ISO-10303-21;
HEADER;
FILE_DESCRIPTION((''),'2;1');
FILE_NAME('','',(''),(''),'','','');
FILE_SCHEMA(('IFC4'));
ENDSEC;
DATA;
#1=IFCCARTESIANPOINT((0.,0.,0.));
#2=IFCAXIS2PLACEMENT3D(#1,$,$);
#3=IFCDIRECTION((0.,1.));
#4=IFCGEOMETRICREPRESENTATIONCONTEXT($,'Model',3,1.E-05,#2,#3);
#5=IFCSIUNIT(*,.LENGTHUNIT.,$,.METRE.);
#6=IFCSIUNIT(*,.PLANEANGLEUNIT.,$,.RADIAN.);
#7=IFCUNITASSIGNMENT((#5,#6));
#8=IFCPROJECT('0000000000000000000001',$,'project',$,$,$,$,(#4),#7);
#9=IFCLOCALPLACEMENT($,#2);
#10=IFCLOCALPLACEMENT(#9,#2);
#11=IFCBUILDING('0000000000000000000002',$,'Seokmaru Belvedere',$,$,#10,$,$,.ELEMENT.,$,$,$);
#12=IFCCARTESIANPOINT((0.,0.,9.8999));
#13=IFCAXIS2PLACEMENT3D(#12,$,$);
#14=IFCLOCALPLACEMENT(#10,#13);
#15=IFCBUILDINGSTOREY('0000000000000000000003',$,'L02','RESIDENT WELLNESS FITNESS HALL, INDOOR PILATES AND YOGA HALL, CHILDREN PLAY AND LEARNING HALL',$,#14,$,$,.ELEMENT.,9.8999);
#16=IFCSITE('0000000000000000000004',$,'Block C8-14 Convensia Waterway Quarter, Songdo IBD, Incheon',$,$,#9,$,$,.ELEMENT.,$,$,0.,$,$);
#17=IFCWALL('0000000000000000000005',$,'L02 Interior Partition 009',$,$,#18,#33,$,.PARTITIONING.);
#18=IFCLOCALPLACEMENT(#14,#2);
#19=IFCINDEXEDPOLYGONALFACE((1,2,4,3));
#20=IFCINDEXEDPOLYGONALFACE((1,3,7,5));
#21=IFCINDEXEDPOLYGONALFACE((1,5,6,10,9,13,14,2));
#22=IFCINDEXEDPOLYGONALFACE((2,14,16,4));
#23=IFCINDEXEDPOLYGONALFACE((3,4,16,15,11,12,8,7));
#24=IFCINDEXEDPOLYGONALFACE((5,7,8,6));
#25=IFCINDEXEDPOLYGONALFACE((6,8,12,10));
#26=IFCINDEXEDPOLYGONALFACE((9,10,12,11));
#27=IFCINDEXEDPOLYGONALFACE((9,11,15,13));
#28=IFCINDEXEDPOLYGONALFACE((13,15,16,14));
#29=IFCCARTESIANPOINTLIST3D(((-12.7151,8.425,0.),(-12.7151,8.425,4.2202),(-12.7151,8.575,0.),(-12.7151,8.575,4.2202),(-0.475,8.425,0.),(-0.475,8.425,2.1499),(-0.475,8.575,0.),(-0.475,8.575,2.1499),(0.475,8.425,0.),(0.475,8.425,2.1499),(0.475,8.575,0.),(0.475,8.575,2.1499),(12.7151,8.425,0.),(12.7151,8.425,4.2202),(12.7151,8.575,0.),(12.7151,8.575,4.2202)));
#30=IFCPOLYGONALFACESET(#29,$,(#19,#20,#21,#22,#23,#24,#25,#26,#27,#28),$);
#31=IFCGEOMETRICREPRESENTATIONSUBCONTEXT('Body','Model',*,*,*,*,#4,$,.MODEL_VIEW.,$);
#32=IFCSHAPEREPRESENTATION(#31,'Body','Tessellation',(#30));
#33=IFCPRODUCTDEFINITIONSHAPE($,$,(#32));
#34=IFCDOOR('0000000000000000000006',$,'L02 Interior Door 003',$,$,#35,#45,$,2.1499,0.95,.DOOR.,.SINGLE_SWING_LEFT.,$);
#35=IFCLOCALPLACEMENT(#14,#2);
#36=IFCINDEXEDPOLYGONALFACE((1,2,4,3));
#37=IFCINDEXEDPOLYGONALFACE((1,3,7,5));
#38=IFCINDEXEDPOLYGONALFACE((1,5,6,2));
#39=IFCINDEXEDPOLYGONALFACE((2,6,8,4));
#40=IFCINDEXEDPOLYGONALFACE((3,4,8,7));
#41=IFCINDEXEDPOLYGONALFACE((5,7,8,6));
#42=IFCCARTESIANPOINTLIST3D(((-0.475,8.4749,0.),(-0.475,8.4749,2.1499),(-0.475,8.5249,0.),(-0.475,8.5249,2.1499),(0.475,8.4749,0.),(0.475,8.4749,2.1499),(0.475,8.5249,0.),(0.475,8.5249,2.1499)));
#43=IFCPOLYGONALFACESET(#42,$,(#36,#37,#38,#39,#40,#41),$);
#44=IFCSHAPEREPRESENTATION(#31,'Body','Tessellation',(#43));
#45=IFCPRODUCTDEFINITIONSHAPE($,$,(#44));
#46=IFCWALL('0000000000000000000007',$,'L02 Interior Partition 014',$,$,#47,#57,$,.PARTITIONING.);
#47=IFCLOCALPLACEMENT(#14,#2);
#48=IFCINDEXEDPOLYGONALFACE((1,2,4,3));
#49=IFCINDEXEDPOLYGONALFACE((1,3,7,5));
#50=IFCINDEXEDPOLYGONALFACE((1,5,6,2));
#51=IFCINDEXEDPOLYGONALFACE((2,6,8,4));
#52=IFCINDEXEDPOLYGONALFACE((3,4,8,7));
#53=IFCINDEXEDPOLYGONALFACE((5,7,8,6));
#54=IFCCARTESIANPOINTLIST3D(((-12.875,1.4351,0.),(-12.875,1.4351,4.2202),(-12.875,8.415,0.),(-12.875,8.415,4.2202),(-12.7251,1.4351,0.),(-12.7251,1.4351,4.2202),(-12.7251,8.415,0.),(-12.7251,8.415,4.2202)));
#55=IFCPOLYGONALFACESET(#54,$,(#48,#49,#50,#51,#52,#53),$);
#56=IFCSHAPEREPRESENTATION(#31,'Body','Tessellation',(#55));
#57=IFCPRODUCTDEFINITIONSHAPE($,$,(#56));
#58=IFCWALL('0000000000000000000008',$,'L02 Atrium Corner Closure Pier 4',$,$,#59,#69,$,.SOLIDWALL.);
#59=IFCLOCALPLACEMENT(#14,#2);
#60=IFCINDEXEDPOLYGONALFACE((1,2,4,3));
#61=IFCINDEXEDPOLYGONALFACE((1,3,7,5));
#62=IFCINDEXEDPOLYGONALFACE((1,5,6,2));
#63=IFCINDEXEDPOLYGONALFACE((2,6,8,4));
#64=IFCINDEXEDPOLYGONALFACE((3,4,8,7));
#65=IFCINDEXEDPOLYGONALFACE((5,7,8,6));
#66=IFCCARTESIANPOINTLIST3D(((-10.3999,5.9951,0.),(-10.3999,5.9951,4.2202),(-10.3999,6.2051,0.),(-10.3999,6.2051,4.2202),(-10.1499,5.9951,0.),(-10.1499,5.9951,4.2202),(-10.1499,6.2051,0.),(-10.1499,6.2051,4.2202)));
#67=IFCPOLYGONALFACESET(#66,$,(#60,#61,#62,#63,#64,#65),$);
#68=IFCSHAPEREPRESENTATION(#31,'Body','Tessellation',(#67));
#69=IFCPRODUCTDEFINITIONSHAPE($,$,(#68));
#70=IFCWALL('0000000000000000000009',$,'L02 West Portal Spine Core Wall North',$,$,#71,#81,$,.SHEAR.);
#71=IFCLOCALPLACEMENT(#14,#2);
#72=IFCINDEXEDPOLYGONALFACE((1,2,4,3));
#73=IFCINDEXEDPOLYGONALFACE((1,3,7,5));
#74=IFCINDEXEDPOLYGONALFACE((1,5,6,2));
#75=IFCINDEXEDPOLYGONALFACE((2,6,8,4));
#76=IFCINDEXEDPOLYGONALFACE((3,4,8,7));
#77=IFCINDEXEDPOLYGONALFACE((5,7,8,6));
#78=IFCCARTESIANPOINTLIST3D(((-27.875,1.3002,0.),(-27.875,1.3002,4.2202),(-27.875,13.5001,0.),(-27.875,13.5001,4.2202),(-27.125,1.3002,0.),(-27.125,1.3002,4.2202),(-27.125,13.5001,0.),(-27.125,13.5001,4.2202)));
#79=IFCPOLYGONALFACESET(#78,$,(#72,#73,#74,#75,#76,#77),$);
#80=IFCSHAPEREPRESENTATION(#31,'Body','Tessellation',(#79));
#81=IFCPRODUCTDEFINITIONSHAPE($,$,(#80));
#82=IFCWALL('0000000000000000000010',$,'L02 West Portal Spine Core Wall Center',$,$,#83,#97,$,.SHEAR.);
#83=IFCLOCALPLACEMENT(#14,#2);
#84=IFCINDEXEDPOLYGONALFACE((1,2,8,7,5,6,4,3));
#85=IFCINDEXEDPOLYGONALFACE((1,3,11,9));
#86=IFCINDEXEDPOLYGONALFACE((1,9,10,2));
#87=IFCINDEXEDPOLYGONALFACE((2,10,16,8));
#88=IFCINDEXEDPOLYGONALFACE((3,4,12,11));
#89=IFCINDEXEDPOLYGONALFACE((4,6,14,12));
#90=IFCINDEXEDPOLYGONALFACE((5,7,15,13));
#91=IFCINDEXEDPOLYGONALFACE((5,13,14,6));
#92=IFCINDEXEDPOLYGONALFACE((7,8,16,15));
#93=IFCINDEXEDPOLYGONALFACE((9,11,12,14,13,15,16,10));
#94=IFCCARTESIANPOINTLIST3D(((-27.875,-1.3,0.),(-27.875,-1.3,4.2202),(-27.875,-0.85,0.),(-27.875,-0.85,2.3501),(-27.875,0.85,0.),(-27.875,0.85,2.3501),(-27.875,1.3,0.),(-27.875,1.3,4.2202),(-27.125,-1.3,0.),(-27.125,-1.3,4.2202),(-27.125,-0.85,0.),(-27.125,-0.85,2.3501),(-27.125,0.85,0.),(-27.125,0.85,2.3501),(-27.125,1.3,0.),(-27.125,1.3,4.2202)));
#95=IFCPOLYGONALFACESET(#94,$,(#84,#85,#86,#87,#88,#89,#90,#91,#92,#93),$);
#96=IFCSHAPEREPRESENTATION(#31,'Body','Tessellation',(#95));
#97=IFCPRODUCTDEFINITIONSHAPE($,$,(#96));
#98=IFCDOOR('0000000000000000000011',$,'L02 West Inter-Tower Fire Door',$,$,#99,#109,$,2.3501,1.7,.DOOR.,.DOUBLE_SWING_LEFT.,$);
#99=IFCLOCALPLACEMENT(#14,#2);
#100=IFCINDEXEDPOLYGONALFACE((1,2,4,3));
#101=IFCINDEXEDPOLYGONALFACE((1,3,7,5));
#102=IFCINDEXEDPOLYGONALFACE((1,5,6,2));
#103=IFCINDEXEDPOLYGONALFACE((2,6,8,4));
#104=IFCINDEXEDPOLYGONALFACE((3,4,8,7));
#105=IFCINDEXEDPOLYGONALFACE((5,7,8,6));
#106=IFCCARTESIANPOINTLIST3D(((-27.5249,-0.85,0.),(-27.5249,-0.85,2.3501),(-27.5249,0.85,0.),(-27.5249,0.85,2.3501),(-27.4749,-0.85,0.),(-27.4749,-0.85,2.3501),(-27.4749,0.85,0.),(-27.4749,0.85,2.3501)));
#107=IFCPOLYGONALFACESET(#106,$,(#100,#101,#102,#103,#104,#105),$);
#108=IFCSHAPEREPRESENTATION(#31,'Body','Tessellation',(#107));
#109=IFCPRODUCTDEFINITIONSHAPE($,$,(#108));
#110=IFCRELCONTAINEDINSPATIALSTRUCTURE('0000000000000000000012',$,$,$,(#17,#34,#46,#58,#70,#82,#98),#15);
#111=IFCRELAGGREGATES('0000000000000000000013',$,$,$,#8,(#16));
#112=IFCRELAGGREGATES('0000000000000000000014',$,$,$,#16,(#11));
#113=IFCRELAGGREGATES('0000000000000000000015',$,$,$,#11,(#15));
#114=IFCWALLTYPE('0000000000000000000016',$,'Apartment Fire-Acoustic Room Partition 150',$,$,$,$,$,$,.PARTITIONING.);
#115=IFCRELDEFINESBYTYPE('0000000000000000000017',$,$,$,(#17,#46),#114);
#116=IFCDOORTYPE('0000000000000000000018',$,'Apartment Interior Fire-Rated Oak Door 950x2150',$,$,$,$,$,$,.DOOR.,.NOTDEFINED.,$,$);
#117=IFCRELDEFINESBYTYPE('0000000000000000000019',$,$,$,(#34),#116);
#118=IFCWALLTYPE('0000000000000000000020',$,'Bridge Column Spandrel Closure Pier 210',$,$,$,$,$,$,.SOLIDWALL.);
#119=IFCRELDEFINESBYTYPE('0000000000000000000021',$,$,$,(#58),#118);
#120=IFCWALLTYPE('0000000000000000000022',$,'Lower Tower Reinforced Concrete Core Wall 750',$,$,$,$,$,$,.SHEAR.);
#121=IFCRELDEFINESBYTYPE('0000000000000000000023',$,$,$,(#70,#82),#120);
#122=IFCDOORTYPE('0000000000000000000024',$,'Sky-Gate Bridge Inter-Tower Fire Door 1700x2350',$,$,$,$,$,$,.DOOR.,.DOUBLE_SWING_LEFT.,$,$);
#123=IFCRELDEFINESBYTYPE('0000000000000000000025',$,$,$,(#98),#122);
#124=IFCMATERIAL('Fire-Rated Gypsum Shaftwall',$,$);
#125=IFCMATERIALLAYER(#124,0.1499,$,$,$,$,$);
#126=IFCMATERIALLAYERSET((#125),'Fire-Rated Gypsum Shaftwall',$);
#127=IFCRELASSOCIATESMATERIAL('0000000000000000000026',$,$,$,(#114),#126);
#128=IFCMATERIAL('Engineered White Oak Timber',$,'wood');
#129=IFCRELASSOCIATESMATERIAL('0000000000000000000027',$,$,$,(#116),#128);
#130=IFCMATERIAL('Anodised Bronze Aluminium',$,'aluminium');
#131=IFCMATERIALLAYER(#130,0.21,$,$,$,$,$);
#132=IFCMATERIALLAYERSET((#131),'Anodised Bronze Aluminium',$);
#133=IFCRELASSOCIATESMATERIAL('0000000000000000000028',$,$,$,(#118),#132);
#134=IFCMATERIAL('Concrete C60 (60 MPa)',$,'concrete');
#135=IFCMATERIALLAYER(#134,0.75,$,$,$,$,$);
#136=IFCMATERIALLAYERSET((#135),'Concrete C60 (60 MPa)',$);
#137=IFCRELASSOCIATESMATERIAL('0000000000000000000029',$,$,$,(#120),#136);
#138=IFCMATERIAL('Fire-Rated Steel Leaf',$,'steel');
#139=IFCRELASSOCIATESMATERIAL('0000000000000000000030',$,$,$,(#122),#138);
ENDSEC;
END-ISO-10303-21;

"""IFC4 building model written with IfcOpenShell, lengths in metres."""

from ifc_helpers import new_model, si_unit, direction, frame, frame_2d, origin, place, context, subcontext, project, spatial, rectangle, extrude, source, transform, mapped, material, layer, layer_set, type_object, type_shapes, element, fill, save


model = new_model("IFC4")

# Units and contexts
model_context = context("Model", 3, precision=1e-05, world=origin(), true_north=direction((0.0, 1.0)))
body_context = subcontext(model_context, "Body", "Model", "MODEL_VIEW")
ifc_project = project(units=[si_unit("LENGTHUNIT", "METRE"), si_unit("PLANEANGLEUNIT", "RADIAN")], contexts=[model_context])

# Site, building, storey
site_placement = place(None, origin())
site = spatial("IfcSite", under=ifc_project, at=site_placement, Name="Block C8-14 Convensia Waterway Quarter, Songdo IBD, Incheon", CompositionType="ELEMENT", RefElevation=0.0)
building_placement = place(site_placement, origin())
building = spatial("IfcBuilding", under=site, at=building_placement, Name="Seokmaru Belvedere", CompositionType="ELEMENT")
storey_placement = place(building_placement, frame((0.0, 0.0, 9.8999)))
storey = spatial("IfcBuildingStorey", under=building, at=storey_placement, Name="L02", Description="RESIDENT WELLNESS FITNESS HALL, INDOOR PILATES AND YOGA HALL, CHILDREN PLAY AND LEARNING HALL", CompositionType="ELEMENT", Elevation=9.8999)

# Shared definitions
ifc_material_1 = material(Name="Anodised Bronze Aluminium", Category="aluminium")

# Shared definitions
ifc_material_2 = material(Name="Fire-Rated Gypsum Shaftwall")
ifc_layer_1 = layer(ifc_material_2, 0.1499)
ifc_layer_set_1 = layer_set([ifc_layer_1], Name="Fire-Rated Gypsum Shaftwall")
wall_type_1 = type_object("IfcWallType", Name="Apartment Fire-Acoustic Room Partition 150", PredefinedType="PARTITIONING", material=ifc_layer_set_1)

# Wall, opening, door
wall_1_placement = place(storey_placement, frame((-12.7151, 8.5, 0.0), z_axis=(0.0, 0.0, 1.0), x_axis=(1.0, 0.0, 0.0)))
wall_1 = element("IfcWall", 1, at=wall_1_placement, inside=storey, type_object=wall_type_1, Name="L02 Interior Partition 009", PredefinedType="PARTITIONING", context=body_context, shape_type="SweptSolid", body=[
    extrude(rectangle(XDim=25.4302, YDim=0.1499, at=frame_2d((12.7151, 0.0))), origin(), (0.0, 0.0, 1.0), 4.2202),
])
opening_1_placement = place(wall_1_placement, frame((12.24, 0.0, 0.0)))
opening_1 = element("IfcOpeningElement", 2, at=opening_1_placement, cuts=wall_1, PredefinedType="OPENING", context=body_context, shape_type="SweptSolid", body=[
    extrude(rectangle(XDim=0.95, YDim=2.1499, at=frame_2d((0.4751, 1.075))), frame((0.0, 0.085, 0.0), z_axis=(0.0, -1.0, 0.0), x_axis=(1.0, 0.0, 0.0)), (0.0, 0.0, 1.0), 0.1699),
])
ifc_material_3 = material(Name="Engineered White Oak Timber", Category="wood")
door_type_1 = type_object("IfcDoorType", Name="Apartment Interior Fire-Rated Oak Door 950x2150", OperationType="NOTDEFINED", PredefinedType="DOOR", material=ifc_material_3)
shared_shape_1 = source(origin(), body_context, "Body", "SweptSolid", [
    extrude(rectangle(XDim=0.95, YDim=2.1499, at=frame_2d((0.4751, 1.075))), frame((0.0, 0.0249, 0.0), z_axis=(0.0, -1.0, 0.0), x_axis=(1.0, 0.0, 0.0)), (0.0, 0.0, 1.0), 0.05),
])
type_shapes(door_type_1, [shared_shape_1])
door_1_placement = place(opening_1_placement, origin())
door_1 = element("IfcDoor", 3, at=door_1_placement, inside=storey, type_object=door_type_1, Name="L02 Interior Door 003", OperationType="SINGLE_SWING_LEFT", OverallHeight=2.1499, OverallWidth=0.95, PredefinedType="DOOR", context=body_context, shape_type="MappedRepresentation", body=[
    mapped(shared_shape_1, transform((0.0, 0.0, 0.0), scale=1.0)),
])
fill(opening_1, door_1)

# Walls
wall_2_placement = place(storey_placement, frame((-12.8, 1.4351, 0.0), z_axis=(0.0, 0.0, 1.0), x_axis=(0.0, 1.0, 0.0)))
element("IfcWall", 4, at=wall_2_placement, inside=storey, type_object=wall_type_1, Name="L02 Interior Partition 014", PredefinedType="PARTITIONING", context=body_context, shape_type="SweptSolid", body=[
    extrude(rectangle(XDim=6.98, YDim=0.1499, at=frame_2d((3.49, 0.0))), origin(), (0.0, 0.0, 1.0), 4.2202),
])
ifc_layer_2 = layer(ifc_material_1, 0.21)
ifc_layer_set_2 = layer_set([ifc_layer_2], Name="Anodised Bronze Aluminium")
wall_type_2 = type_object("IfcWallType", Name="Bridge Column Spandrel Closure Pier 210", PredefinedType="SOLIDWALL", material=ifc_layer_set_2)
wall_3_placement = place(storey_placement, frame((-10.3999, 6.1001, 0.0), z_axis=(0.0, 0.0, 1.0), x_axis=(1.0, 0.0, 0.0)))
element("IfcWall", 5, at=wall_3_placement, inside=storey, type_object=wall_type_2, Name="L02 Atrium Corner Closure Pier 4", PredefinedType="SOLIDWALL", context=body_context, shape_type="SweptSolid", body=[
    extrude(rectangle(XDim=0.25, YDim=0.21, at=frame_2d((0.125, 0.0))), origin(), (0.0, 0.0, 1.0), 4.2202),
])
ifc_material_4 = material(Name="Concrete C60 (60 MPa)", Category="concrete")
ifc_layer_3 = layer(ifc_material_4, 0.75)
ifc_layer_set_3 = layer_set([ifc_layer_3], Name="Concrete C60 (60 MPa)")
wall_type_3 = type_object("IfcWallType", Name="Lower Tower Reinforced Concrete Core Wall 750", PredefinedType="SHEAR", material=ifc_layer_set_3)
wall_4_placement = place(storey_placement, frame((-27.5, 1.3, 0.0), z_axis=(0.0, 0.0, 1.0), x_axis=(0.0, 1.0, 0.0)))
element("IfcWall", 6, at=wall_4_placement, inside=storey, type_object=wall_type_3, Name="L02 West Portal Spine Core Wall North", PredefinedType="SHEAR", context=body_context, shape_type="SweptSolid", body=[
    extrude(rectangle(XDim=12.2, YDim=0.75, at=frame_2d((6.1001, 0.0))), origin(), (0.0, 0.0, 1.0), 4.2202),
])

# Wall, opening, door
wall_5_placement = place(storey_placement, frame((-27.5, -1.3, 0.0), z_axis=(0.0, 0.0, 1.0), x_axis=(0.0, 1.0, 0.0)))
wall_5 = element("IfcWall", 7, at=wall_5_placement, inside=storey, type_object=wall_type_3, Name="L02 West Portal Spine Core Wall Center", PredefinedType="SHEAR", context=body_context, shape_type="SweptSolid", body=[
    extrude(rectangle(XDim=2.6001, YDim=0.75, at=frame_2d((1.3, 0.0))), origin(), (0.0, 0.0, 1.0), 4.2202),
])
opening_2_placement = place(wall_5_placement, frame((0.45, 0.0, 0.0)))
opening_2 = element("IfcOpeningElement", 8, at=opening_2_placement, cuts=wall_5, PredefinedType="OPENING", context=body_context, shape_type="SweptSolid", body=[
    extrude(rectangle(XDim=1.7, YDim=2.3501, at=frame_2d((0.8501, 1.175))), frame((0.0, 0.385, 0.0), z_axis=(0.0, -1.0, 0.0), x_axis=(1.0, 0.0, 0.0)), (0.0, 0.0, 1.0), 0.77),
])
ifc_material_5 = material(Name="Fire-Rated Steel Leaf", Category="steel")
door_type_2 = type_object("IfcDoorType", Name="Sky-Gate Bridge Inter-Tower Fire Door 1700x2350", OperationType="DOUBLE_SWING_LEFT", PredefinedType="DOOR", material=ifc_material_5)
shared_shape_2 = source(origin(), body_context, "Body", "SweptSolid", [
    extrude(rectangle(XDim=1.7, YDim=2.3501, at=frame_2d((0.8501, 1.175))), frame((0.0, 0.0249, 0.0), z_axis=(0.0, -1.0, 0.0), x_axis=(1.0, 0.0, 0.0)), (0.0, 0.0, 1.0), 0.05),
])
type_shapes(door_type_2, [shared_shape_2])
door_2_placement = place(opening_2_placement, origin())
door_2 = element("IfcDoor", 9, at=door_2_placement, inside=storey, type_object=door_type_2, Name="L02 West Inter-Tower Fire Door", OperationType="DOUBLE_SWING_LEFT", OverallHeight=2.3501, OverallWidth=1.7, PredefinedType="DOOR", context=body_context, shape_type="MappedRepresentation", body=[
    mapped(shared_shape_2, transform((0.0, 0.0, 0.0), scale=1.0)),
])
fill(opening_2, door_2)

save(model, "model.ifc")
